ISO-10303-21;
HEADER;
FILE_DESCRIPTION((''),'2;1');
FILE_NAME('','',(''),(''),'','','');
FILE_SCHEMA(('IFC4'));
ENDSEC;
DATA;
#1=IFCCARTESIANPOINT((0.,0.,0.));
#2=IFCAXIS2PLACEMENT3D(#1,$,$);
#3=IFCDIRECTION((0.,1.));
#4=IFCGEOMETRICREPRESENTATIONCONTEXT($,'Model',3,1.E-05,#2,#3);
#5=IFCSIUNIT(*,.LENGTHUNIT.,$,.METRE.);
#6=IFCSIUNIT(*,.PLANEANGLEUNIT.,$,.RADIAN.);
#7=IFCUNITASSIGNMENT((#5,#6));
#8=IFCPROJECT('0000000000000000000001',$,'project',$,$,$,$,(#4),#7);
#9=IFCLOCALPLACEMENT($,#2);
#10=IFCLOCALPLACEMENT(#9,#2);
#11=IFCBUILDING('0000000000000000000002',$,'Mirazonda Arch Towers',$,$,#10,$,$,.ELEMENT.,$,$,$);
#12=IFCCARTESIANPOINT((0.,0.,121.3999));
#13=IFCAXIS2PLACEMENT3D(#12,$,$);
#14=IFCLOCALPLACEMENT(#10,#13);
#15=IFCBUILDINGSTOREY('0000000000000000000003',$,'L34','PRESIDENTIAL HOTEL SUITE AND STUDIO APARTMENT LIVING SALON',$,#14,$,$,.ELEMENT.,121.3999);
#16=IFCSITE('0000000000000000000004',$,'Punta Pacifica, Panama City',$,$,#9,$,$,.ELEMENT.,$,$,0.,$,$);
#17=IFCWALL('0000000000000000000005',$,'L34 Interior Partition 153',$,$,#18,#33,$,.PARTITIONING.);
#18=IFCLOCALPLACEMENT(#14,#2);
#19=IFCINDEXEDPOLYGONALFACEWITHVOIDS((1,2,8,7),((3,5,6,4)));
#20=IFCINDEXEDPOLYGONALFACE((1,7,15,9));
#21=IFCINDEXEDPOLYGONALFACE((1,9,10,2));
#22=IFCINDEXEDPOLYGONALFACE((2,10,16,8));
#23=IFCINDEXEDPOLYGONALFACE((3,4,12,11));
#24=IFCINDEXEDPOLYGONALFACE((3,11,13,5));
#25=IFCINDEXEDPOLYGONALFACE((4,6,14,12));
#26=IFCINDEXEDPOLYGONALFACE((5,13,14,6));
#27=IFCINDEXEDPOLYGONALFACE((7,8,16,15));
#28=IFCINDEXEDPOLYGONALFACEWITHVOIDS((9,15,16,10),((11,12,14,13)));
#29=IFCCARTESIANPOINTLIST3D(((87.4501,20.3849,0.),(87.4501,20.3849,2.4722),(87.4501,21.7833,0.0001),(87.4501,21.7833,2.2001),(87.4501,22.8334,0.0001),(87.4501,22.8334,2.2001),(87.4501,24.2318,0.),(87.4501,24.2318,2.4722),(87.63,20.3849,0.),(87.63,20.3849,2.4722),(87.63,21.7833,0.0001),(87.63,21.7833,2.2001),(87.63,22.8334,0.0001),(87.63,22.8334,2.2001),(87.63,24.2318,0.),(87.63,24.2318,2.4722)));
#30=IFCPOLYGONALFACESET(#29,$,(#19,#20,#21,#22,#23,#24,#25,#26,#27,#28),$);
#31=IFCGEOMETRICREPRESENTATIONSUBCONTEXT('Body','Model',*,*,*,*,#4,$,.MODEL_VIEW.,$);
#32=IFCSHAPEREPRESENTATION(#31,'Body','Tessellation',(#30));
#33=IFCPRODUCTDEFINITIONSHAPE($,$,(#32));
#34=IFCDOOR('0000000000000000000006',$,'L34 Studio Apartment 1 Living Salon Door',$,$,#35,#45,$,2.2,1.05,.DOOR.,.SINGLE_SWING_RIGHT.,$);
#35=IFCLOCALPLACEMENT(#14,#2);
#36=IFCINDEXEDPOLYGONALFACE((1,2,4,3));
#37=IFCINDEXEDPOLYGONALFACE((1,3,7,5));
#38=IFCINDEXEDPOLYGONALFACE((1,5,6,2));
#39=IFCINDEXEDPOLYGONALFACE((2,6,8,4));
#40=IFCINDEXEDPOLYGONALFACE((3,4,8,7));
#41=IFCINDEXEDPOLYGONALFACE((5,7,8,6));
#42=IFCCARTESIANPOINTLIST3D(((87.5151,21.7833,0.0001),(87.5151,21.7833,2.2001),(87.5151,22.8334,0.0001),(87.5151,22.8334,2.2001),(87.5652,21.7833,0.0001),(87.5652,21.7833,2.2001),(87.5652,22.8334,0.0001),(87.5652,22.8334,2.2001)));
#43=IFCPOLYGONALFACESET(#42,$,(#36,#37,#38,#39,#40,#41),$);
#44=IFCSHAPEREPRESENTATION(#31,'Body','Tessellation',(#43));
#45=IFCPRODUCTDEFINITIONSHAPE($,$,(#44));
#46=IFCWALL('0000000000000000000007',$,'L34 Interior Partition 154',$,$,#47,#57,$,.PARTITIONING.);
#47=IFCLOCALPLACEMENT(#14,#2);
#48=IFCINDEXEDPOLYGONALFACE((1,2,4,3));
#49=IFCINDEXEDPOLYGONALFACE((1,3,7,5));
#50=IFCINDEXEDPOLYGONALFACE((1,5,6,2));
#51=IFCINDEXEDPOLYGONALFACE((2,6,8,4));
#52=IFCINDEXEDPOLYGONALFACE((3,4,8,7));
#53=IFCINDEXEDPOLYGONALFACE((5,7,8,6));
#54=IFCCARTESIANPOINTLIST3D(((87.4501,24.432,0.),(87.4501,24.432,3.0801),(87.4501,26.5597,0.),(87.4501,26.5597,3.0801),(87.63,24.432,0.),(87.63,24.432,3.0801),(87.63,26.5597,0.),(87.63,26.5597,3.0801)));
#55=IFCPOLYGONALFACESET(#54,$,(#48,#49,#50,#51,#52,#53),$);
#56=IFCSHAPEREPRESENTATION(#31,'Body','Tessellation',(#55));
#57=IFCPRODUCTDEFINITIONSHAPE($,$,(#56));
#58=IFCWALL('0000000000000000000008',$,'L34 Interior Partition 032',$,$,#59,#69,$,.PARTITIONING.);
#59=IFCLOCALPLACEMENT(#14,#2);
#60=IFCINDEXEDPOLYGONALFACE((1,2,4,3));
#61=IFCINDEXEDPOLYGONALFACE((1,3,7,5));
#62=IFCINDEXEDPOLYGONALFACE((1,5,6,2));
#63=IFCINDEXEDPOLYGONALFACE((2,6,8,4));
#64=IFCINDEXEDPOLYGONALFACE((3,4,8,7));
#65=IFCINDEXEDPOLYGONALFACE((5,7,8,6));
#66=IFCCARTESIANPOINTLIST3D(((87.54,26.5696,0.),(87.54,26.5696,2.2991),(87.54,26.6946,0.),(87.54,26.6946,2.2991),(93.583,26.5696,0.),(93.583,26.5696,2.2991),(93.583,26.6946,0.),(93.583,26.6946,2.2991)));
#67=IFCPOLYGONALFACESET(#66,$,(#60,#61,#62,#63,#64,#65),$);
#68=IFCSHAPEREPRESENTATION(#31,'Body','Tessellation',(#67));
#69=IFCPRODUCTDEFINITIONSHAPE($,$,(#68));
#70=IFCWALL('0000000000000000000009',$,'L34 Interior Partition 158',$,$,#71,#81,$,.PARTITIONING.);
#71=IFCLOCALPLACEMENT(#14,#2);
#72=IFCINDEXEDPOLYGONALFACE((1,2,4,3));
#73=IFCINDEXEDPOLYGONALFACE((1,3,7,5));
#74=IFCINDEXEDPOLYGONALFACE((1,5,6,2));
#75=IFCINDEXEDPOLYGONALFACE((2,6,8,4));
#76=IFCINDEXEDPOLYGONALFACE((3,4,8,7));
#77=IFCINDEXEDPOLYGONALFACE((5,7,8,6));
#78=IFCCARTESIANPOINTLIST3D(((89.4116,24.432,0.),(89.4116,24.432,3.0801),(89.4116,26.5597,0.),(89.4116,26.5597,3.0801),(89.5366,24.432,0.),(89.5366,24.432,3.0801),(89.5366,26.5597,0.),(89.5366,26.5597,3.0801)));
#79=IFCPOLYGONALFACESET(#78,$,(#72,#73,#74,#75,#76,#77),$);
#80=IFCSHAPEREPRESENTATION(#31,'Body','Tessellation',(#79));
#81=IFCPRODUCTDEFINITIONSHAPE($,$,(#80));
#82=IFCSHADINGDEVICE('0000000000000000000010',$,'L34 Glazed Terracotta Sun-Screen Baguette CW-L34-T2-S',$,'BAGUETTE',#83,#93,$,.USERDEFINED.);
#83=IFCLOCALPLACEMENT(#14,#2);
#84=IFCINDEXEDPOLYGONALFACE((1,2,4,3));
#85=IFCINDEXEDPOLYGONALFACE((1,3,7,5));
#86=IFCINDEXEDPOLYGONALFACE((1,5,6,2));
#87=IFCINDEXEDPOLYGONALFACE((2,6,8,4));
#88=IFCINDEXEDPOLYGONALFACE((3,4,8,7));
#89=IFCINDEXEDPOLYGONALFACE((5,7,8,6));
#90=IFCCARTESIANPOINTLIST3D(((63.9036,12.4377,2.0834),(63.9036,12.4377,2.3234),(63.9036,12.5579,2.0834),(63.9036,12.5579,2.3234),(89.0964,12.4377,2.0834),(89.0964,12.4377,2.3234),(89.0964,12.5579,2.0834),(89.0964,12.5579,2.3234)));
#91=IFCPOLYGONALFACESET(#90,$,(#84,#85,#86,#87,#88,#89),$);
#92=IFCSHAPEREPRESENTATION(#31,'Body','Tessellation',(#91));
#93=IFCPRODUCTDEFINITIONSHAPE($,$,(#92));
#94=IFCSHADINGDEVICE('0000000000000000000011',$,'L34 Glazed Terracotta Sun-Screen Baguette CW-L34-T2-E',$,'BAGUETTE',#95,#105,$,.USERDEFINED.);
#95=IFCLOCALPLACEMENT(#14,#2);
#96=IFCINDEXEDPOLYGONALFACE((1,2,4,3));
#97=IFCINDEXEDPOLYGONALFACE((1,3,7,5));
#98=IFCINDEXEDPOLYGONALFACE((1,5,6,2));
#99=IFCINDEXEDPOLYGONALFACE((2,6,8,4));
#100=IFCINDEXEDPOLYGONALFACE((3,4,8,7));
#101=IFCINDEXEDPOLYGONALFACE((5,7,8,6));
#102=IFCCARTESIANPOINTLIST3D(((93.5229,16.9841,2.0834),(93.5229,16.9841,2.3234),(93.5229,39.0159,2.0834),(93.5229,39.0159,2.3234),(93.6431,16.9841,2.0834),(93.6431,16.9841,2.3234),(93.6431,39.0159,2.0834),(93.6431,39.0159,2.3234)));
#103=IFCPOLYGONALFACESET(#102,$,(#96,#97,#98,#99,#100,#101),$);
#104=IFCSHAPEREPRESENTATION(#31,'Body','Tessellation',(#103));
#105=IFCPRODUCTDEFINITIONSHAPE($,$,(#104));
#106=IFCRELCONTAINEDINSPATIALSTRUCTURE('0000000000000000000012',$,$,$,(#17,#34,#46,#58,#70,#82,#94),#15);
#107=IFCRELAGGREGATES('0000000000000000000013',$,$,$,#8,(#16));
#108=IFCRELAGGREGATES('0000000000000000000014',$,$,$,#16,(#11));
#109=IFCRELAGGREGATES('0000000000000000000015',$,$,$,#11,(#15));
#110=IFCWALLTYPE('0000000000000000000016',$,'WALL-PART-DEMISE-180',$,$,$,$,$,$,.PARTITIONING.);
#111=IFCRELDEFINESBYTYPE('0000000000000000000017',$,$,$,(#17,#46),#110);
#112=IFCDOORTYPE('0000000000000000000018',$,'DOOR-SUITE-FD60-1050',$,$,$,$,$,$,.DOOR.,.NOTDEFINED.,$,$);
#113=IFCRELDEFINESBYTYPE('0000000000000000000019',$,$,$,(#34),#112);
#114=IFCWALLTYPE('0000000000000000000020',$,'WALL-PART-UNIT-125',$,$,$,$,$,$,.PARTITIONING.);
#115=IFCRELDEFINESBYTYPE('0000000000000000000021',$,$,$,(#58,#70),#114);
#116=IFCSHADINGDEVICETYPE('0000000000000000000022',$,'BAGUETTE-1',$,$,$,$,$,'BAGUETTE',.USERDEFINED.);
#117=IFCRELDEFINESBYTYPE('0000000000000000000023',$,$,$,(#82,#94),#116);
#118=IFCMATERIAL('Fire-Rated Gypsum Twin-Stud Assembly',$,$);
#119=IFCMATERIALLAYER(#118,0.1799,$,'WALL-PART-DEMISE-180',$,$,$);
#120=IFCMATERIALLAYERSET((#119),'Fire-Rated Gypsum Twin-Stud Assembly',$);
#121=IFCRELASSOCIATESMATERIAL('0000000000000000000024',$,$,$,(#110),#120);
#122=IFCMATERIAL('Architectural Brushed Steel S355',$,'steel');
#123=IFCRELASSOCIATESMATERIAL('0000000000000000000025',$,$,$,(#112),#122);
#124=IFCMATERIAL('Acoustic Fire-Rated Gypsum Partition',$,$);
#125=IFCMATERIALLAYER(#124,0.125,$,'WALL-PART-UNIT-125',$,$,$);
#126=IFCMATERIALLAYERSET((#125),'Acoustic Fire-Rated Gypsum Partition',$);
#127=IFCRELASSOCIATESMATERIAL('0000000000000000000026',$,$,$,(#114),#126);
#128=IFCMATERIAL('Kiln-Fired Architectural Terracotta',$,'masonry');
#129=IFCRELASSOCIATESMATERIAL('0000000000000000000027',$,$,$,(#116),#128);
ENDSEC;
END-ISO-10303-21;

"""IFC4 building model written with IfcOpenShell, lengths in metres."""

from ifc_helpers import new_model, si_unit, direction, frame, frame_2d, origin, origin_2d, place, context, subcontext, project, spatial, rectangle, extrude, material, layer, layer_set, material_profile, profile_set, type_object, element, fill, save


model = new_model("IFC4")

# Units and contexts
model_context = context("Model", 3, precision=1e-05, world=origin(), true_north=direction((0.0, 1.0)))
body_context = subcontext(model_context, "Body", "Model", "MODEL_VIEW")
ifc_project = project(units=[si_unit("LENGTHUNIT", "METRE"), si_unit("PLANEANGLEUNIT", "RADIAN")], contexts=[model_context])

# Site, building, storey
site_placement = place(None, origin())
site = spatial("IfcSite", under=ifc_project, at=site_placement, Name="Punta Pacifica, Panama City", CompositionType="ELEMENT", RefElevation=0.0)
building_placement = place(site_placement, origin())
building = spatial("IfcBuilding", under=site, at=building_placement, Name="Mirazonda Arch Towers", CompositionType="ELEMENT")
storey_placement = place(building_placement, frame((0.0, 0.0, 121.3999)))
storey = spatial("IfcBuildingStorey", under=building, at=storey_placement, Name="L34", Description="PRESIDENTIAL HOTEL SUITE AND STUDIO APARTMENT LIVING SALON", CompositionType="ELEMENT", Elevation=121.3999)

# Shared definitions
ifc_material_1 = material(Name="Fire-Rated Gypsum Twin-Stud Assembly")
ifc_layer_1 = layer(ifc_material_1, 0.1799, Name="WALL-PART-DEMISE-180")
ifc_layer_set_1 = layer_set([ifc_layer_1], Name="Fire-Rated Gypsum Twin-Stud Assembly")
wall_type_1 = type_object("IfcWallType", Name="WALL-PART-DEMISE-180", PredefinedType="PARTITIONING", material=ifc_layer_set_1)

# Shared definitions
ifc_material_2 = material(Name="Architectural Brushed Steel S355", Category="steel")

# Wall, opening, door
wall_1_placement = place(storey_placement, frame((87.54, 20.385, 0.0), z_axis=(0.0, 0.0, 1.0), x_axis=(0.0, 1.0, 0.0)))
wall_1 = element("IfcWall", 1, at=wall_1_placement, inside=storey, type_object=wall_type_1, Name="L34 Interior Partition 153", PredefinedType="PARTITIONING", context=body_context, shape_type="SweptSolid", body=[
    extrude(rectangle(XDim=3.8469, YDim=0.1799, at=frame_2d((1.9233, 0.0))), origin(), (0.0, 0.0, 1.0), 2.4722),
])
opening_1_placement = place(wall_1_placement, frame((1.3984, 0.0, 0.0)))
opening_1 = element("IfcOpeningElement", 2, at=opening_1_placement, cuts=wall_1, PredefinedType="OPENING", context=body_context, shape_type="SweptSolid", body=[
    extrude(rectangle(XDim=1.05, YDim=2.2, at=frame_2d((0.5249, 1.1001))), frame((0.0, 0.0999, 0.0), z_axis=(0.0, -1.0, 0.0), x_axis=(1.0, 0.0, 0.0)), (0.0, 0.0, 1.0), 0.2),
])
door_type_1 = type_object("IfcDoorType", Name="DOOR-SUITE-FD60-1050", OperationType="NOTDEFINED", PredefinedType="DOOR", material=ifc_material_2)
door_1_placement = place(opening_1_placement, origin())
door_1 = element("IfcDoor", 3, at=door_1_placement, inside=storey, type_object=door_type_1, Name="L34 Studio Apartment 1 Living Salon Door", OperationType="SINGLE_SWING_RIGHT", OverallHeight=2.2, OverallWidth=1.05, PredefinedType="DOOR", context=body_context, shape_type="SweptSolid", body=[
    extrude(rectangle(XDim=1.05, YDim=2.2, at=frame_2d((0.5249, 1.1001))), frame((0.0, 0.0249, 0.0), z_axis=(0.0, -1.0, 0.0), x_axis=(1.0, 0.0, 0.0)), (0.0, 0.0, 1.0), 0.05),
])
fill(opening_1, door_1)

# Walls
wall_2_placement = place(storey_placement, frame((87.54, 24.4319, 0.0), z_axis=(0.0, 0.0, 1.0), x_axis=(0.0, 1.0, 0.0)))
element("IfcWall", 4, at=wall_2_placement, inside=storey, type_object=wall_type_1, Name="L34 Interior Partition 154", PredefinedType="PARTITIONING", context=body_context, shape_type="SweptSolid", body=[
    extrude(rectangle(XDim=2.1277, YDim=0.1799, at=frame_2d((1.064, 0.0))), origin(), (0.0, 0.0, 1.0), 3.0801),
])
ifc_material_3 = material(Name="Acoustic Fire-Rated Gypsum Partition")
ifc_layer_2 = layer(ifc_material_3, 0.125, Name="WALL-PART-UNIT-125")
ifc_layer_set_2 = layer_set([ifc_layer_2], Name="Acoustic Fire-Rated Gypsum Partition")
wall_type_2 = type_object("IfcWallType", Name="WALL-PART-UNIT-125", PredefinedType="PARTITIONING", material=ifc_layer_set_2)
wall_3_placement = place(storey_placement, frame((87.54, 26.6321, 0.0), z_axis=(0.0, 0.0, 1.0), x_axis=(1.0, 0.0, 0.0)))
element("IfcWall", 5, at=wall_3_placement, inside=storey, type_object=wall_type_2, Name="L34 Interior Partition 032", PredefinedType="PARTITIONING", context=body_context, shape_type="SweptSolid", body=[
    extrude(rectangle(XDim=6.043, YDim=0.125, at=frame_2d((3.0215, 0.0))), origin(), (0.0, 0.0, 1.0), 2.2991),
])
wall_4_placement = place(storey_placement, frame((89.4741, 24.4319, 0.0), z_axis=(0.0, 0.0, 1.0), x_axis=(0.0, 1.0, 0.0)))
element("IfcWall", 6, at=wall_4_placement, inside=storey, type_object=wall_type_2, Name="L34 Interior Partition 158", PredefinedType="PARTITIONING", context=body_context, shape_type="SweptSolid", body=[
    extrude(rectangle(XDim=2.1277, YDim=0.125, at=frame_2d((1.064, 0.0))), origin(), (0.0, 0.0, 1.0), 3.0801),
])

# Shading devices
ifc_material_4 = material(Name="Kiln-Fired Architectural Terracotta", Category="masonry")
ifc_material_profile_1 = material_profile(ifc_material_4, rectangle(XDim=0.1201, YDim=0.24, at=origin_2d()), Name="TERRA-BAG-120x240")
ifc_profile_set_1 = profile_set([ifc_material_profile_1], Name="Kiln-Fired Architectural Terracotta")
shading_device_type = type_object("IfcShadingDeviceType", Name="BAGUETTE-1", ElementType="BAGUETTE", PredefinedType="USERDEFINED", material=ifc_profile_set_1)
shading_device_1_placement = place(storey_placement, frame((89.0964, 12.4978, 2.2034), z_axis=(-1.0, 0.0, 0.0), x_axis=(0.0, -1.0, 0.0)))
element("IfcShadingDevice", 7, at=shading_device_1_placement, inside=storey, type_object=shading_device_type, Name="L34 Glazed Terracotta Sun-Screen Baguette CW-L34-T2-S", ObjectType="BAGUETTE", PredefinedType="USERDEFINED", context=body_context, shape_type="SweptSolid", body=[
    extrude(rectangle(XDim=0.1201, YDim=0.24, at=origin_2d()), origin(), (0.0, 0.0, 1.0), 25.1929),
])
shading_device_2_placement = place(storey_placement, frame((93.583, 16.9841, 2.2034), z_axis=(0.0, 1.0, 0.0), x_axis=(-1.0, 0.0, 0.0)))
element("IfcShadingDevice", 8, at=shading_device_2_placement, inside=storey, type_object=shading_device_type, Name="L34 Glazed Terracotta Sun-Screen Baguette CW-L34-T2-E", ObjectType="BAGUETTE", PredefinedType="USERDEFINED", context=body_context, shape_type="SweptSolid", body=[
    extrude(rectangle(XDim=0.1201, YDim=0.24, at=origin_2d()), origin(), (0.0, 0.0, 1.0), 22.0317),
])

save(model, "model.ifc")
